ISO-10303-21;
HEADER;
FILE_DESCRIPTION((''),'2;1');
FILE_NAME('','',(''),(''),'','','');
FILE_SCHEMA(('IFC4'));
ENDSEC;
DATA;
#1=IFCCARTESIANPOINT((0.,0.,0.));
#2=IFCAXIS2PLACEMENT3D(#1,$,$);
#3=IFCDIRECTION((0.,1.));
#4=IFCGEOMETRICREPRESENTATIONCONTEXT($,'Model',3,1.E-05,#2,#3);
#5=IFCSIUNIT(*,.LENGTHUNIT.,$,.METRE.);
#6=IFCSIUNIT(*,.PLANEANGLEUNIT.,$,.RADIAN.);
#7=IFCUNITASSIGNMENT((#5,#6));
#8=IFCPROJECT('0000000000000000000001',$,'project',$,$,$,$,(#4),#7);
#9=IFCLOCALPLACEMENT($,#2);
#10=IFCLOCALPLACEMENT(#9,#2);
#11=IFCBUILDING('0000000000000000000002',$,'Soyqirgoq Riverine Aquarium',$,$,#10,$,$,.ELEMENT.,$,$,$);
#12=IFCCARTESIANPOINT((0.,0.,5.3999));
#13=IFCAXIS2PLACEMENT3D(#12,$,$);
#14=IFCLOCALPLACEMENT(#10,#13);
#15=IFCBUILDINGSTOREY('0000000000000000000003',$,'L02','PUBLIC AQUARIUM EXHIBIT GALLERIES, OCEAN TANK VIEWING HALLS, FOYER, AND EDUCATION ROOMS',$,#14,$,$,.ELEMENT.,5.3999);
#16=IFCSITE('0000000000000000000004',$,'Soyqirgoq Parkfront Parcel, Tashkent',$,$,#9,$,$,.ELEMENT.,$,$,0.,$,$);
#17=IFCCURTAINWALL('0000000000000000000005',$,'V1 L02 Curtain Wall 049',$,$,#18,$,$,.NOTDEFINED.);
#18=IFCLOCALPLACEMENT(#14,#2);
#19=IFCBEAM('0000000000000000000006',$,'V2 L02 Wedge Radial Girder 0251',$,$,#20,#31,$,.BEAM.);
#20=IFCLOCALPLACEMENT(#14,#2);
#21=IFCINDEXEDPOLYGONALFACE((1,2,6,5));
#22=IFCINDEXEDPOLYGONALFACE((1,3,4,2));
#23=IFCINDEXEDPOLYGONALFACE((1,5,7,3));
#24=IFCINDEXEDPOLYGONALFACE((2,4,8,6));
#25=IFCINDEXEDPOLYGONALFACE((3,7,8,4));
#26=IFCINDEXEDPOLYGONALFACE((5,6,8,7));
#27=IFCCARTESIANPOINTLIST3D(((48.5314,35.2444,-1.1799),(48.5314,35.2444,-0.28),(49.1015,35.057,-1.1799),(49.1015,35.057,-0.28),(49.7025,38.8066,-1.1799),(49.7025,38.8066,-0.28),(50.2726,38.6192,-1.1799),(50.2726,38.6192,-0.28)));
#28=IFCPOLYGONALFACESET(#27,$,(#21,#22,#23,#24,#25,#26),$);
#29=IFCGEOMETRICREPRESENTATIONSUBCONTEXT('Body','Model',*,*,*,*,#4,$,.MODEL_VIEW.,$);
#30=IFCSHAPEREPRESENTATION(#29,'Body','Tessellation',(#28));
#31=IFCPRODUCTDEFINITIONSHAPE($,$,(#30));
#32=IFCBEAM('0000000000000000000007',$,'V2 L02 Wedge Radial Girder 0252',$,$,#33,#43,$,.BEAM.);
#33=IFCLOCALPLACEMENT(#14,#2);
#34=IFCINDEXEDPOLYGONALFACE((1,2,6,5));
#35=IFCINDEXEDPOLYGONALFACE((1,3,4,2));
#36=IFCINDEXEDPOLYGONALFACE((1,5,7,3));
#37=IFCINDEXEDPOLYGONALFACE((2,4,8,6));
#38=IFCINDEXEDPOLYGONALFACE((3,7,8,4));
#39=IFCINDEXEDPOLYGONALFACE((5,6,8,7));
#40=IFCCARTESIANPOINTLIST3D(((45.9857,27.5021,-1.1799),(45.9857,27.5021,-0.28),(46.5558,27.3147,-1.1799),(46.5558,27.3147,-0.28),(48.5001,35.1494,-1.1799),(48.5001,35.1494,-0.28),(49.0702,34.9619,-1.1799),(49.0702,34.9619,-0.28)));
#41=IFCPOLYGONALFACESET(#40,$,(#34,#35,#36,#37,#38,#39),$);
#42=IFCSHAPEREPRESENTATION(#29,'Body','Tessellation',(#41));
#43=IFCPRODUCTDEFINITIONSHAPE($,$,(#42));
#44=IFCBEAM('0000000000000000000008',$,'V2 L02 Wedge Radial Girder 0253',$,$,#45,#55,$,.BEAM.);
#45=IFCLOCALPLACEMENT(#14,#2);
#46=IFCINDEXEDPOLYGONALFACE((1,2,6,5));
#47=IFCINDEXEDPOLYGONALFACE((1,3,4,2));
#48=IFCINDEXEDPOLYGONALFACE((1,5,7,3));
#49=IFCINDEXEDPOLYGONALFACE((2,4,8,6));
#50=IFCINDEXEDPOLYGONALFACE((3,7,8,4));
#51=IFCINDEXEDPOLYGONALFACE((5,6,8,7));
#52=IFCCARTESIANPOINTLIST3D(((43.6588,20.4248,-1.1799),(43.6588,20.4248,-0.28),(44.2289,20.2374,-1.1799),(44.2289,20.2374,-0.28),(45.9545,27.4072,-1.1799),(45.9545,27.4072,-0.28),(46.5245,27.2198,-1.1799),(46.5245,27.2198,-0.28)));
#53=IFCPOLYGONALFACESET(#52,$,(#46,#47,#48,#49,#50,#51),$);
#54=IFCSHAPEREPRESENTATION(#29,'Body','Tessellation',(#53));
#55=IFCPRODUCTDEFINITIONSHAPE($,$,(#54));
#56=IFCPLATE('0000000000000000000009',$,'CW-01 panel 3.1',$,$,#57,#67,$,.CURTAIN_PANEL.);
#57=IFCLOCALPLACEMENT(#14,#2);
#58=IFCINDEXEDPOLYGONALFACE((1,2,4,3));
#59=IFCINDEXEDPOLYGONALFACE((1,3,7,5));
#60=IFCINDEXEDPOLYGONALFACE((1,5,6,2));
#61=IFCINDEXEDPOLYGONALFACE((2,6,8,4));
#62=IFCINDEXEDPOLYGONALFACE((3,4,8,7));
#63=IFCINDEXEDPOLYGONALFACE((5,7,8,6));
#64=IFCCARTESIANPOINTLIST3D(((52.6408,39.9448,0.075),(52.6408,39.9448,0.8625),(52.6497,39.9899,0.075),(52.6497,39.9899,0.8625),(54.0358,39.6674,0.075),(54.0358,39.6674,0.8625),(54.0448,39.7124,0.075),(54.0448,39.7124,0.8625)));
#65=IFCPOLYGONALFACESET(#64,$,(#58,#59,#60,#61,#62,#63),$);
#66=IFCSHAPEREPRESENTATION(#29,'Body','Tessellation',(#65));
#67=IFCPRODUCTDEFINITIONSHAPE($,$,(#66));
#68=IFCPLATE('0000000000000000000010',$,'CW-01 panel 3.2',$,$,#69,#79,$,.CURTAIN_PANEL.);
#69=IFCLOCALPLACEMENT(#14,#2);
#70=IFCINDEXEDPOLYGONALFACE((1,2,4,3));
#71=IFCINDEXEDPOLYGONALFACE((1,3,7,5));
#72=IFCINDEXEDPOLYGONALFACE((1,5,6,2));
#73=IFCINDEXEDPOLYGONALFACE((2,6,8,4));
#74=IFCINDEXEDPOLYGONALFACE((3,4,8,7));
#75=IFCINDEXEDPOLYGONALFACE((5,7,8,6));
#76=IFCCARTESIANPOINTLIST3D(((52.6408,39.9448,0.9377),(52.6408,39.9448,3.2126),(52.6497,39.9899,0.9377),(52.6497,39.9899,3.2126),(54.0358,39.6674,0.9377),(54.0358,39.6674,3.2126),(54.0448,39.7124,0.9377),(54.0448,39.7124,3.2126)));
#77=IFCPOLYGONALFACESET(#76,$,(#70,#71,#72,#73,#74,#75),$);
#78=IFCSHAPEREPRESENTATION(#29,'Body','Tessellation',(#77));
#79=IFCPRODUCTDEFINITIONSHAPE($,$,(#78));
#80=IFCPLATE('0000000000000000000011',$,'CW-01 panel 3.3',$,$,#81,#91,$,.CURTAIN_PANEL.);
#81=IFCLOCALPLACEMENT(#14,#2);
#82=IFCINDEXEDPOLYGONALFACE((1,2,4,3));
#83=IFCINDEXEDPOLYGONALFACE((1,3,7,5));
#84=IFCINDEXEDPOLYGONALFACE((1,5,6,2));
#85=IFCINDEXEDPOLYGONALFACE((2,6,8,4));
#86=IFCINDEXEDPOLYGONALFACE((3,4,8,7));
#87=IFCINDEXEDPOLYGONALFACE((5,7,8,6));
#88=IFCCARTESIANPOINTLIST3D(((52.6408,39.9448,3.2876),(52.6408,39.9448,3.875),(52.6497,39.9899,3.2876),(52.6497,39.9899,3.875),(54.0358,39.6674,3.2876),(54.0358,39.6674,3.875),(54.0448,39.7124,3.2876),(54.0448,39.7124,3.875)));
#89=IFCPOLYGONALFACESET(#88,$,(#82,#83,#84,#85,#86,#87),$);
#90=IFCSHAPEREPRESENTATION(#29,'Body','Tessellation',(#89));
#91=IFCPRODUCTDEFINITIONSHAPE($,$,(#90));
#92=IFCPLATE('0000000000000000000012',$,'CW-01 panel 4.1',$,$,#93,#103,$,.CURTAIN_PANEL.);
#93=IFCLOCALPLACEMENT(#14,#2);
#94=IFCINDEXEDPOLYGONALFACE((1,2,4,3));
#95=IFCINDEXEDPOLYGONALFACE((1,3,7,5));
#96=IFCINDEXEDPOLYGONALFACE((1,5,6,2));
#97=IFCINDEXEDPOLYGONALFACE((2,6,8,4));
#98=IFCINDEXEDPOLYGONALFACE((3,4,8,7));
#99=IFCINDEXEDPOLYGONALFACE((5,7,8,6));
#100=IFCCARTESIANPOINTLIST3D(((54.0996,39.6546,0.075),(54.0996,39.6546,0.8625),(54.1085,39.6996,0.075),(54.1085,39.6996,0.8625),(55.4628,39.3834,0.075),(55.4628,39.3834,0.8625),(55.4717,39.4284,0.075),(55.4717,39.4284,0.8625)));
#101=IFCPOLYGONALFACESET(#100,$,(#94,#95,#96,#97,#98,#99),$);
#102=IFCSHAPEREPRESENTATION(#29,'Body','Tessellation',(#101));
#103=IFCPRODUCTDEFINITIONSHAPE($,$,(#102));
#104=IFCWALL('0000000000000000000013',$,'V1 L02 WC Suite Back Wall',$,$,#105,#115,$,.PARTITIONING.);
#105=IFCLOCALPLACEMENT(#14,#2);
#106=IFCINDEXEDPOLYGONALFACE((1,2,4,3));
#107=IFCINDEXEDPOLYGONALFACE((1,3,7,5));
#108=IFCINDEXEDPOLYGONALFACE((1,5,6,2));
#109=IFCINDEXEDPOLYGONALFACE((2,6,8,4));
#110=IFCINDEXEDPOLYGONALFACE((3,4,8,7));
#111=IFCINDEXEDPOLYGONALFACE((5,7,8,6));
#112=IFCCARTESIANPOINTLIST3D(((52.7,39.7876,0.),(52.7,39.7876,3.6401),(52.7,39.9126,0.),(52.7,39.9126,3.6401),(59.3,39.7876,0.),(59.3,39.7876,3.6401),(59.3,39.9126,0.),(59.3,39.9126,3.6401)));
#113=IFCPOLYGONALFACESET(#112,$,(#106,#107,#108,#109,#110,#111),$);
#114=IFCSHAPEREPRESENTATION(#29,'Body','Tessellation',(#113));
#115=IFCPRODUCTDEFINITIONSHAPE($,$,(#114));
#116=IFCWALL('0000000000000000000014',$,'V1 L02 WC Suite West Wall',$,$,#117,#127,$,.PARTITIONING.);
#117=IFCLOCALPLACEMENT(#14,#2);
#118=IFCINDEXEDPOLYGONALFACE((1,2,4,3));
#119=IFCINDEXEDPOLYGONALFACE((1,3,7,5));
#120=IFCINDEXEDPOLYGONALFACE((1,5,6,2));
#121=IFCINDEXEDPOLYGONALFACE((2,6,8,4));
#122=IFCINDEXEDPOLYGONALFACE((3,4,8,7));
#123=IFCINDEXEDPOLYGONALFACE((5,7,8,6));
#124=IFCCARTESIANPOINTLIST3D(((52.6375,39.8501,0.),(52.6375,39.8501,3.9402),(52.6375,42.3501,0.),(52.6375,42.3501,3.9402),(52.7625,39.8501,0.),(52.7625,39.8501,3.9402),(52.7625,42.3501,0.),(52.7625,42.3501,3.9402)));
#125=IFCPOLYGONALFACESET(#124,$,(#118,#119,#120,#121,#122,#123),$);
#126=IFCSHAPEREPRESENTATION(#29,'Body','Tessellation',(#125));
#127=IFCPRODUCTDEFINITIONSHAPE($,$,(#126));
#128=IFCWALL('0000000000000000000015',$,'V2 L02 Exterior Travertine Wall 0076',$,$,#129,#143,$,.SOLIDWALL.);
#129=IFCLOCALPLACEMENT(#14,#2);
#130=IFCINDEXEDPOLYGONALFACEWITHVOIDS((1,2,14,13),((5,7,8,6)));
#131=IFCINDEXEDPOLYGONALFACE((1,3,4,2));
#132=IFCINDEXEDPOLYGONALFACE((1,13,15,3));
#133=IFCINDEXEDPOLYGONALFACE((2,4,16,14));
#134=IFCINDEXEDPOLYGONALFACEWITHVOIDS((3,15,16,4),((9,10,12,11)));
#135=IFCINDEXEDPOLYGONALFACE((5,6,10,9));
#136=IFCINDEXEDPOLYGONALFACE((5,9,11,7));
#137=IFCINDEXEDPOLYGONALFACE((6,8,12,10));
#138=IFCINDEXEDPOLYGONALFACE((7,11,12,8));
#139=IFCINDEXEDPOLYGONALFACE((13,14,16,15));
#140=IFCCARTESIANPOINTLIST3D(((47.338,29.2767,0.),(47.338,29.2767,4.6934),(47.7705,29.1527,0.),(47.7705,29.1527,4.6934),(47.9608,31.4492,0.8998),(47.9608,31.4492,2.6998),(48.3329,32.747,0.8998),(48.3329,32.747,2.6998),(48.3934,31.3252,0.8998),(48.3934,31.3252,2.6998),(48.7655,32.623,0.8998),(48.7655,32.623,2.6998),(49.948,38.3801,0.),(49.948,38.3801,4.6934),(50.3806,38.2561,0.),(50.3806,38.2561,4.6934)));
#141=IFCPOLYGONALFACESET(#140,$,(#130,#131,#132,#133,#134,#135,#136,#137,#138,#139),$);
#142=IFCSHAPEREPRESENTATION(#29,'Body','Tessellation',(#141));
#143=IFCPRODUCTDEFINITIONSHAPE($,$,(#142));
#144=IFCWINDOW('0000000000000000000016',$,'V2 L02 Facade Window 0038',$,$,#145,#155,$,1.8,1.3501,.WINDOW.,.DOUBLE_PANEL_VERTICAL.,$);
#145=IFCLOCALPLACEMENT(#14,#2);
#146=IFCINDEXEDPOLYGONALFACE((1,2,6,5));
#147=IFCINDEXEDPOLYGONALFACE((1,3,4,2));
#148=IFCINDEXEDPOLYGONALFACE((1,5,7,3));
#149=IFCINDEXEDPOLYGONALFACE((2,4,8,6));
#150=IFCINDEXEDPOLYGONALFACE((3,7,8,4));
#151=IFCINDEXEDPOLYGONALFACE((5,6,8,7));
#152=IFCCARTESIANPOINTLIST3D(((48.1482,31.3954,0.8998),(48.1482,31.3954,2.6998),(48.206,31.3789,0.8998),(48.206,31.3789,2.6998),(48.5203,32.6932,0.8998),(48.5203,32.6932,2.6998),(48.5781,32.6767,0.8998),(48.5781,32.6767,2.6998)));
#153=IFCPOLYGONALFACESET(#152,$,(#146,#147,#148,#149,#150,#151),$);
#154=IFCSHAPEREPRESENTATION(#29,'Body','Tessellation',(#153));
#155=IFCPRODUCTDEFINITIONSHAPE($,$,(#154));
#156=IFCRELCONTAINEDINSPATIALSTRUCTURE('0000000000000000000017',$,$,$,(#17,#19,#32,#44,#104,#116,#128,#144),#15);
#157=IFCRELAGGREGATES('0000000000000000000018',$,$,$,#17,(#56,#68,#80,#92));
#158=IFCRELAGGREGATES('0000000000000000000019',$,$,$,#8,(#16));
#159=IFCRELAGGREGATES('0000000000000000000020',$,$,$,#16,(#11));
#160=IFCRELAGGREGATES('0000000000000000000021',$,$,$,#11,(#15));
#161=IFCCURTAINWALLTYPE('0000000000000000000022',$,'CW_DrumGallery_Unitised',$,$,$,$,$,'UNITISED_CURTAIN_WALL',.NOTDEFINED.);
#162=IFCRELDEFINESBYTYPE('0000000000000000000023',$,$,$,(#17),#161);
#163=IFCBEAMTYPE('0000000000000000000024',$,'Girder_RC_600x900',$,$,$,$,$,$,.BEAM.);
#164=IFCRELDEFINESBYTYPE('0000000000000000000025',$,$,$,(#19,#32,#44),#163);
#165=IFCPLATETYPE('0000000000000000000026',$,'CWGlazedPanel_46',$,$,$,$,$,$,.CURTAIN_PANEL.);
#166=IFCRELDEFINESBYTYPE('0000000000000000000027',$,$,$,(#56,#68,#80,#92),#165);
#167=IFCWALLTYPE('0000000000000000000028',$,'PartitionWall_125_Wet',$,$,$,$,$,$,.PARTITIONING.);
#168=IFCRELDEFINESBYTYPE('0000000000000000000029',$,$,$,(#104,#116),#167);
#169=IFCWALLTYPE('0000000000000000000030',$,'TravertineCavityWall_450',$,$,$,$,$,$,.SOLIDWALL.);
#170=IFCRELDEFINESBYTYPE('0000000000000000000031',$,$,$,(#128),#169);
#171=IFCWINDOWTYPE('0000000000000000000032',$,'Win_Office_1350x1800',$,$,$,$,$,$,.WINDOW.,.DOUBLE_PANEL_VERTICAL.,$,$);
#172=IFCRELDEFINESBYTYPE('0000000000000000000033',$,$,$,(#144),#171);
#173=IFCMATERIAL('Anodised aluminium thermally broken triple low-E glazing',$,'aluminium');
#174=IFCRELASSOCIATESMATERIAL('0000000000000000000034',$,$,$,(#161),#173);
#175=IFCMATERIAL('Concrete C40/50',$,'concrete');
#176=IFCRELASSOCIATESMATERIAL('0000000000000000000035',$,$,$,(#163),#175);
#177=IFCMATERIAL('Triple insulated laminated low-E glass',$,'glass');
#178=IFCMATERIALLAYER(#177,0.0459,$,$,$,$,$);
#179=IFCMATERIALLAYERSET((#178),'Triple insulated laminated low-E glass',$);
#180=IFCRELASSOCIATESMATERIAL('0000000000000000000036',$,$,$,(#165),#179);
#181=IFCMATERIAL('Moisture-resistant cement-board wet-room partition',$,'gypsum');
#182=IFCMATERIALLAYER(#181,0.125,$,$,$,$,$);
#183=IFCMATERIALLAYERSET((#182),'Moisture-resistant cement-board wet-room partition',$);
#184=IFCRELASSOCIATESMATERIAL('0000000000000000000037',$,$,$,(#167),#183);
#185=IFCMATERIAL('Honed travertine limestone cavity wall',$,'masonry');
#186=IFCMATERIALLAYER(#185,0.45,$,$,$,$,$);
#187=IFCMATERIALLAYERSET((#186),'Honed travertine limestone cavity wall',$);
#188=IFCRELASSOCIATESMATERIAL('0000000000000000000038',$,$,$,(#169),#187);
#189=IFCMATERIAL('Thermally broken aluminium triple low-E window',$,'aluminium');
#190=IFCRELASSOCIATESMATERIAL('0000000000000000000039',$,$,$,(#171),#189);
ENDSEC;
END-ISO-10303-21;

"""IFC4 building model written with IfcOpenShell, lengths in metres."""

from ifc_helpers import new_model, si_unit, direction, frame, frame_2d, origin, origin_2d, place, context, subcontext, project, spatial, rectangle, extrude, material, layer, layer_set, material_profile, profile_set, type_object, element, fill, aggregate, save


model = new_model("IFC4")

# Units and contexts
model_context = context("Model", 3, precision=1e-05, world=origin(), true_north=direction((0.0, 1.0)))
body_context = subcontext(model_context, "Body", "Model", "MODEL_VIEW")
ifc_project = project(units=[si_unit("LENGTHUNIT", "METRE"), si_unit("PLANEANGLEUNIT", "RADIAN")], contexts=[model_context])

# Site, building, storey
site_placement = place(None, origin())
site = spatial("IfcSite", under=ifc_project, at=site_placement, Name="Soyqirgoq Parkfront Parcel, Tashkent", CompositionType="ELEMENT", RefElevation=0.0)
building_placement = place(site_placement, origin())
building = spatial("IfcBuilding", under=site, at=building_placement, Name="Soyqirgoq Riverine Aquarium", CompositionType="ELEMENT")
storey_placement = place(building_placement, frame((0.0, 0.0, 5.3999)))
storey = spatial("IfcBuildingStorey", under=building, at=storey_placement, Name="L02", Description="PUBLIC AQUARIUM EXHIBIT GALLERIES, OCEAN TANK VIEWING HALLS, FOYER, AND EDUCATION ROOMS", CompositionType="ELEMENT", Elevation=5.3999)

# Curtain wall
ifc_material_1 = material(Name="Anodised aluminium thermally broken triple low-E glazing", Category="aluminium")
curtain_wall_type = type_object("IfcCurtainWallType", Name="CW_DrumGallery_Unitised", ElementType="UNITISED_CURTAIN_WALL", PredefinedType="NOTDEFINED", material=ifc_material_1)
curtain_wall_placement = place(storey_placement, origin())
curtain_wall = element("IfcCurtainWall", 1, at=curtain_wall_placement, inside=storey, type_object=curtain_wall_type, Name="V1 L02 Curtain Wall 049", PredefinedType="NOTDEFINED")

# Beams
ifc_material_2 = material(Name="Concrete C40/50", Category="concrete")
ifc_material_profile_1 = material_profile(ifc_material_2, rectangle(XDim=0.6001, YDim=0.8999, at=origin_2d()), Name="RC 600x900")
ifc_profile_set_1 = profile_set([ifc_material_profile_1], Name="Concrete C40/50")
beam_type = type_object("IfcBeamType", Name="Girder_RC_600x900", PredefinedType="BEAM", material=ifc_profile_set_1)
beam_1_placement = place(storey_placement, frame((49.9875, 38.7129, -0.73), z_axis=(-0.312319, -0.949977, 0.0), x_axis=(0.949977, -0.312319, 0.0)))
element("IfcBeam", 2, at=beam_1_placement, inside=storey, type_object=beam_type, Name="V2 L02 Wedge Radial Girder 0251", PredefinedType="BEAM", context=body_context, shape_type="SweptSolid", body=[
    extrude(rectangle(XDim=0.6001, YDim=0.8999, at=origin_2d()), origin(), (0.0, 0.0, 1.0), 3.7498),
])
beam_2_placement = place(storey_placement, frame((48.7852, 35.0557, -0.73), z_axis=(-0.312349, -0.949967, 0.0), x_axis=(0.949967, -0.312349, 0.0)))
element("IfcBeam", 3, at=beam_2_placement, inside=storey, type_object=beam_type, Name="V2 L02 Wedge Radial Girder 0252", PredefinedType="BEAM", context=body_context, shape_type="SweptSolid", body=[
    extrude(rectangle(XDim=0.6001, YDim=0.8999, at=origin_2d()), origin(), (0.0, 0.0, 1.0), 8.05),
])
beam_3_placement = place(storey_placement, frame((46.2395, 27.3135, -0.73), z_axis=(-0.312329, -0.949974, 0.0), x_axis=(0.949974, -0.312329, 0.0)))
element("IfcBeam", 4, at=beam_3_placement, inside=storey, type_object=beam_type, Name="V2 L02 Wedge Radial Girder 0253", PredefinedType="BEAM", context=body_context, shape_type="SweptSolid", body=[
    extrude(rectangle(XDim=0.6001, YDim=0.8999, at=origin_2d()), origin(), (0.0, 0.0, 1.0), 7.3501),
])

# Plates
ifc_material_3 = material(Name="Triple insulated laminated low-E glass", Category="glass")
ifc_layer_1 = layer(ifc_material_3, 0.0459)
ifc_layer_set_1 = layer_set([ifc_layer_1], Name="Triple insulated laminated low-E glass")
plate_type = type_object("IfcPlateType", Name="CWGlazedPanel_46", PredefinedType="CURTAIN_PANEL", material=ifc_layer_set_1)
plate_1_placement = place(storey_placement, frame((53.3428, 39.8286, 0.075), z_axis=(0.0, 0.0, 1.0), x_axis=(0.980786, -0.195088, 0.0)))
plate_1 = element("IfcPlate", 5, at=plate_1_placement, type_object=plate_type, Name="CW-01 panel 3.1", PredefinedType="CURTAIN_PANEL", context=body_context, shape_type="SweptSolid", body=[
    extrude(rectangle(XDim=1.4224, YDim=0.0459, at=origin_2d()), origin(), (0.0, 0.0, 1.0), 0.7876),
])
plate_2_placement = place(storey_placement, frame((53.3428, 39.8286, 0.9377), z_axis=(0.0, 0.0, 1.0), x_axis=(0.980786, -0.195088, 0.0)))
plate_2 = element("IfcPlate", 6, at=plate_2_placement, type_object=plate_type, Name="CW-01 panel 3.2", PredefinedType="CURTAIN_PANEL", context=body_context, shape_type="SweptSolid", body=[
    extrude(rectangle(XDim=1.4224, YDim=0.0459, at=origin_2d()), origin(), (0.0, 0.0, 1.0), 2.2749),
])
plate_3_placement = place(storey_placement, frame((53.3428, 39.8286, 3.2876), z_axis=(0.0, 0.0, 1.0), x_axis=(0.980786, -0.195088, 0.0)))
plate_3 = element("IfcPlate", 7, at=plate_3_placement, type_object=plate_type, Name="CW-01 panel 3.3", PredefinedType="CURTAIN_PANEL", context=body_context, shape_type="SweptSolid", body=[
    extrude(rectangle(XDim=1.4224, YDim=0.0459, at=origin_2d()), origin(), (0.0, 0.0, 1.0), 0.5874),
])
plate_4_placement = place(storey_placement, frame((54.7856, 39.5415, 0.075), z_axis=(0.0, 0.0, 1.0), x_axis=(0.980786, -0.195088, 0.0)))
plate_4 = element("IfcPlate", 8, at=plate_4_placement, type_object=plate_type, Name="CW-01 panel 4.1", PredefinedType="CURTAIN_PANEL", context=body_context, shape_type="SweptSolid", body=[
    extrude(rectangle(XDim=1.3899, YDim=0.0459, at=origin_2d()), origin(), (0.0, 0.0, 1.0), 0.7876),
])
aggregate(curtain_wall, [plate_1, plate_2, plate_3, plate_4])

# Walls
ifc_material_4 = material(Name="Moisture-resistant cement-board wet-room partition", Category="gypsum")
ifc_layer_2 = layer(ifc_material_4, 0.125)
ifc_layer_set_2 = layer_set([ifc_layer_2], Name="Moisture-resistant cement-board wet-room partition")
wall_type_1 = type_object("IfcWallType", Name="PartitionWall_125_Wet", PredefinedType="PARTITIONING", material=ifc_layer_set_2)
wall_1_placement = place(storey_placement, frame((52.7, 39.8501, 0.0), z_axis=(0.0, 0.0, 1.0), x_axis=(1.0, 0.0, 0.0)))
element("IfcWall", 9, at=wall_1_placement, inside=storey, type_object=wall_type_1, Name="V1 L02 WC Suite Back Wall", PredefinedType="PARTITIONING", context=body_context, shape_type="SweptSolid", body=[
    extrude(rectangle(XDim=6.6001, YDim=0.125, at=frame_2d((3.3, 0.0))), origin(), (0.0, 0.0, 1.0), 3.6401),
])
wall_2_placement = place(storey_placement, frame((52.7, 39.8501, 0.0), z_axis=(0.0, 0.0, 1.0), x_axis=(0.0, 1.0, 0.0)))
element("IfcWall", 10, at=wall_2_placement, inside=storey, type_object=wall_type_1, Name="V1 L02 WC Suite West Wall", PredefinedType="PARTITIONING", context=body_context, shape_type="SweptSolid", body=[
    extrude(rectangle(XDim=2.5, YDim=0.125, at=frame_2d((1.25, 0.0))), origin(), (0.0, 0.0, 1.0), 3.9402),
])

# Wall, opening, window
ifc_material_5 = material(Name="Honed travertine limestone cavity wall", Category="masonry")
ifc_layer_3 = layer(ifc_material_5, 0.45)
ifc_layer_set_3 = layer_set([ifc_layer_3], Name="Honed travertine limestone cavity wall")
wall_type_2 = type_object("IfcWallType", Name="TravertineCavityWall_450", PredefinedType="SOLIDWALL", material=ifc_layer_set_3)
wall_3_placement = place(storey_placement, frame((50.1643, 38.3181, 0.0), z_axis=(0.0, 0.0, 1.0), x_axis=(-0.27561, -0.96127, 0.0)))
wall_3 = element("IfcWall", 11, at=wall_3_placement, inside=storey, type_object=wall_type_2, Name="V2 L02 Exterior Travertine Wall 0076", PredefinedType="SOLIDWALL", context=body_context, shape_type="SweptSolid", body=[
    extrude(rectangle(XDim=9.4702, YDim=0.45, at=frame_2d((4.7351, 0.0))), origin(), (0.0, 0.0, 1.0), 4.6934),
])
opening_1_placement = place(wall_3_placement, frame((5.8601, 0.0, 0.8999)))
opening_1 = element("IfcOpeningElement", 12, at=opening_1_placement, cuts=wall_3, PredefinedType="OPENING", context=body_context, shape_type="SweptSolid", body=[
    extrude(rectangle(XDim=1.3501, YDim=1.8, at=frame_2d((0.675, 0.8999))), frame((0.0, 0.2349, 0.0), z_axis=(0.0, -1.0, 0.0), x_axis=(1.0, 0.0, 0.0)), (0.0, 0.0, 1.0), 0.47),
])
ifc_material_6 = material(Name="Thermally broken aluminium triple low-E window", Category="aluminium")
window_type_1 = type_object("IfcWindowType", Name="Win_Office_1350x1800", PartitioningType="DOUBLE_PANEL_VERTICAL", PredefinedType="WINDOW", material=ifc_material_6)
window_1_placement = place(opening_1_placement, origin())
window_1 = element("IfcWindow", 13, at=window_1_placement, inside=storey, type_object=window_type_1, Name="V2 L02 Facade Window 0038", OverallHeight=1.8, OverallWidth=1.3501, PartitioningType="DOUBLE_PANEL_VERTICAL", PredefinedType="WINDOW", context=body_context, shape_type="SweptSolid", body=[
    extrude(rectangle(XDim=1.3501, YDim=1.8, at=frame_2d((0.675, 0.8999))), frame((0.0, 0.03, 0.0), z_axis=(0.0, -1.0, 0.0), x_axis=(1.0, 0.0, 0.0)), (0.0, 0.0, 1.0), 0.0601),
])
fill(opening_1, window_1)

save(model, "model.ifc")
